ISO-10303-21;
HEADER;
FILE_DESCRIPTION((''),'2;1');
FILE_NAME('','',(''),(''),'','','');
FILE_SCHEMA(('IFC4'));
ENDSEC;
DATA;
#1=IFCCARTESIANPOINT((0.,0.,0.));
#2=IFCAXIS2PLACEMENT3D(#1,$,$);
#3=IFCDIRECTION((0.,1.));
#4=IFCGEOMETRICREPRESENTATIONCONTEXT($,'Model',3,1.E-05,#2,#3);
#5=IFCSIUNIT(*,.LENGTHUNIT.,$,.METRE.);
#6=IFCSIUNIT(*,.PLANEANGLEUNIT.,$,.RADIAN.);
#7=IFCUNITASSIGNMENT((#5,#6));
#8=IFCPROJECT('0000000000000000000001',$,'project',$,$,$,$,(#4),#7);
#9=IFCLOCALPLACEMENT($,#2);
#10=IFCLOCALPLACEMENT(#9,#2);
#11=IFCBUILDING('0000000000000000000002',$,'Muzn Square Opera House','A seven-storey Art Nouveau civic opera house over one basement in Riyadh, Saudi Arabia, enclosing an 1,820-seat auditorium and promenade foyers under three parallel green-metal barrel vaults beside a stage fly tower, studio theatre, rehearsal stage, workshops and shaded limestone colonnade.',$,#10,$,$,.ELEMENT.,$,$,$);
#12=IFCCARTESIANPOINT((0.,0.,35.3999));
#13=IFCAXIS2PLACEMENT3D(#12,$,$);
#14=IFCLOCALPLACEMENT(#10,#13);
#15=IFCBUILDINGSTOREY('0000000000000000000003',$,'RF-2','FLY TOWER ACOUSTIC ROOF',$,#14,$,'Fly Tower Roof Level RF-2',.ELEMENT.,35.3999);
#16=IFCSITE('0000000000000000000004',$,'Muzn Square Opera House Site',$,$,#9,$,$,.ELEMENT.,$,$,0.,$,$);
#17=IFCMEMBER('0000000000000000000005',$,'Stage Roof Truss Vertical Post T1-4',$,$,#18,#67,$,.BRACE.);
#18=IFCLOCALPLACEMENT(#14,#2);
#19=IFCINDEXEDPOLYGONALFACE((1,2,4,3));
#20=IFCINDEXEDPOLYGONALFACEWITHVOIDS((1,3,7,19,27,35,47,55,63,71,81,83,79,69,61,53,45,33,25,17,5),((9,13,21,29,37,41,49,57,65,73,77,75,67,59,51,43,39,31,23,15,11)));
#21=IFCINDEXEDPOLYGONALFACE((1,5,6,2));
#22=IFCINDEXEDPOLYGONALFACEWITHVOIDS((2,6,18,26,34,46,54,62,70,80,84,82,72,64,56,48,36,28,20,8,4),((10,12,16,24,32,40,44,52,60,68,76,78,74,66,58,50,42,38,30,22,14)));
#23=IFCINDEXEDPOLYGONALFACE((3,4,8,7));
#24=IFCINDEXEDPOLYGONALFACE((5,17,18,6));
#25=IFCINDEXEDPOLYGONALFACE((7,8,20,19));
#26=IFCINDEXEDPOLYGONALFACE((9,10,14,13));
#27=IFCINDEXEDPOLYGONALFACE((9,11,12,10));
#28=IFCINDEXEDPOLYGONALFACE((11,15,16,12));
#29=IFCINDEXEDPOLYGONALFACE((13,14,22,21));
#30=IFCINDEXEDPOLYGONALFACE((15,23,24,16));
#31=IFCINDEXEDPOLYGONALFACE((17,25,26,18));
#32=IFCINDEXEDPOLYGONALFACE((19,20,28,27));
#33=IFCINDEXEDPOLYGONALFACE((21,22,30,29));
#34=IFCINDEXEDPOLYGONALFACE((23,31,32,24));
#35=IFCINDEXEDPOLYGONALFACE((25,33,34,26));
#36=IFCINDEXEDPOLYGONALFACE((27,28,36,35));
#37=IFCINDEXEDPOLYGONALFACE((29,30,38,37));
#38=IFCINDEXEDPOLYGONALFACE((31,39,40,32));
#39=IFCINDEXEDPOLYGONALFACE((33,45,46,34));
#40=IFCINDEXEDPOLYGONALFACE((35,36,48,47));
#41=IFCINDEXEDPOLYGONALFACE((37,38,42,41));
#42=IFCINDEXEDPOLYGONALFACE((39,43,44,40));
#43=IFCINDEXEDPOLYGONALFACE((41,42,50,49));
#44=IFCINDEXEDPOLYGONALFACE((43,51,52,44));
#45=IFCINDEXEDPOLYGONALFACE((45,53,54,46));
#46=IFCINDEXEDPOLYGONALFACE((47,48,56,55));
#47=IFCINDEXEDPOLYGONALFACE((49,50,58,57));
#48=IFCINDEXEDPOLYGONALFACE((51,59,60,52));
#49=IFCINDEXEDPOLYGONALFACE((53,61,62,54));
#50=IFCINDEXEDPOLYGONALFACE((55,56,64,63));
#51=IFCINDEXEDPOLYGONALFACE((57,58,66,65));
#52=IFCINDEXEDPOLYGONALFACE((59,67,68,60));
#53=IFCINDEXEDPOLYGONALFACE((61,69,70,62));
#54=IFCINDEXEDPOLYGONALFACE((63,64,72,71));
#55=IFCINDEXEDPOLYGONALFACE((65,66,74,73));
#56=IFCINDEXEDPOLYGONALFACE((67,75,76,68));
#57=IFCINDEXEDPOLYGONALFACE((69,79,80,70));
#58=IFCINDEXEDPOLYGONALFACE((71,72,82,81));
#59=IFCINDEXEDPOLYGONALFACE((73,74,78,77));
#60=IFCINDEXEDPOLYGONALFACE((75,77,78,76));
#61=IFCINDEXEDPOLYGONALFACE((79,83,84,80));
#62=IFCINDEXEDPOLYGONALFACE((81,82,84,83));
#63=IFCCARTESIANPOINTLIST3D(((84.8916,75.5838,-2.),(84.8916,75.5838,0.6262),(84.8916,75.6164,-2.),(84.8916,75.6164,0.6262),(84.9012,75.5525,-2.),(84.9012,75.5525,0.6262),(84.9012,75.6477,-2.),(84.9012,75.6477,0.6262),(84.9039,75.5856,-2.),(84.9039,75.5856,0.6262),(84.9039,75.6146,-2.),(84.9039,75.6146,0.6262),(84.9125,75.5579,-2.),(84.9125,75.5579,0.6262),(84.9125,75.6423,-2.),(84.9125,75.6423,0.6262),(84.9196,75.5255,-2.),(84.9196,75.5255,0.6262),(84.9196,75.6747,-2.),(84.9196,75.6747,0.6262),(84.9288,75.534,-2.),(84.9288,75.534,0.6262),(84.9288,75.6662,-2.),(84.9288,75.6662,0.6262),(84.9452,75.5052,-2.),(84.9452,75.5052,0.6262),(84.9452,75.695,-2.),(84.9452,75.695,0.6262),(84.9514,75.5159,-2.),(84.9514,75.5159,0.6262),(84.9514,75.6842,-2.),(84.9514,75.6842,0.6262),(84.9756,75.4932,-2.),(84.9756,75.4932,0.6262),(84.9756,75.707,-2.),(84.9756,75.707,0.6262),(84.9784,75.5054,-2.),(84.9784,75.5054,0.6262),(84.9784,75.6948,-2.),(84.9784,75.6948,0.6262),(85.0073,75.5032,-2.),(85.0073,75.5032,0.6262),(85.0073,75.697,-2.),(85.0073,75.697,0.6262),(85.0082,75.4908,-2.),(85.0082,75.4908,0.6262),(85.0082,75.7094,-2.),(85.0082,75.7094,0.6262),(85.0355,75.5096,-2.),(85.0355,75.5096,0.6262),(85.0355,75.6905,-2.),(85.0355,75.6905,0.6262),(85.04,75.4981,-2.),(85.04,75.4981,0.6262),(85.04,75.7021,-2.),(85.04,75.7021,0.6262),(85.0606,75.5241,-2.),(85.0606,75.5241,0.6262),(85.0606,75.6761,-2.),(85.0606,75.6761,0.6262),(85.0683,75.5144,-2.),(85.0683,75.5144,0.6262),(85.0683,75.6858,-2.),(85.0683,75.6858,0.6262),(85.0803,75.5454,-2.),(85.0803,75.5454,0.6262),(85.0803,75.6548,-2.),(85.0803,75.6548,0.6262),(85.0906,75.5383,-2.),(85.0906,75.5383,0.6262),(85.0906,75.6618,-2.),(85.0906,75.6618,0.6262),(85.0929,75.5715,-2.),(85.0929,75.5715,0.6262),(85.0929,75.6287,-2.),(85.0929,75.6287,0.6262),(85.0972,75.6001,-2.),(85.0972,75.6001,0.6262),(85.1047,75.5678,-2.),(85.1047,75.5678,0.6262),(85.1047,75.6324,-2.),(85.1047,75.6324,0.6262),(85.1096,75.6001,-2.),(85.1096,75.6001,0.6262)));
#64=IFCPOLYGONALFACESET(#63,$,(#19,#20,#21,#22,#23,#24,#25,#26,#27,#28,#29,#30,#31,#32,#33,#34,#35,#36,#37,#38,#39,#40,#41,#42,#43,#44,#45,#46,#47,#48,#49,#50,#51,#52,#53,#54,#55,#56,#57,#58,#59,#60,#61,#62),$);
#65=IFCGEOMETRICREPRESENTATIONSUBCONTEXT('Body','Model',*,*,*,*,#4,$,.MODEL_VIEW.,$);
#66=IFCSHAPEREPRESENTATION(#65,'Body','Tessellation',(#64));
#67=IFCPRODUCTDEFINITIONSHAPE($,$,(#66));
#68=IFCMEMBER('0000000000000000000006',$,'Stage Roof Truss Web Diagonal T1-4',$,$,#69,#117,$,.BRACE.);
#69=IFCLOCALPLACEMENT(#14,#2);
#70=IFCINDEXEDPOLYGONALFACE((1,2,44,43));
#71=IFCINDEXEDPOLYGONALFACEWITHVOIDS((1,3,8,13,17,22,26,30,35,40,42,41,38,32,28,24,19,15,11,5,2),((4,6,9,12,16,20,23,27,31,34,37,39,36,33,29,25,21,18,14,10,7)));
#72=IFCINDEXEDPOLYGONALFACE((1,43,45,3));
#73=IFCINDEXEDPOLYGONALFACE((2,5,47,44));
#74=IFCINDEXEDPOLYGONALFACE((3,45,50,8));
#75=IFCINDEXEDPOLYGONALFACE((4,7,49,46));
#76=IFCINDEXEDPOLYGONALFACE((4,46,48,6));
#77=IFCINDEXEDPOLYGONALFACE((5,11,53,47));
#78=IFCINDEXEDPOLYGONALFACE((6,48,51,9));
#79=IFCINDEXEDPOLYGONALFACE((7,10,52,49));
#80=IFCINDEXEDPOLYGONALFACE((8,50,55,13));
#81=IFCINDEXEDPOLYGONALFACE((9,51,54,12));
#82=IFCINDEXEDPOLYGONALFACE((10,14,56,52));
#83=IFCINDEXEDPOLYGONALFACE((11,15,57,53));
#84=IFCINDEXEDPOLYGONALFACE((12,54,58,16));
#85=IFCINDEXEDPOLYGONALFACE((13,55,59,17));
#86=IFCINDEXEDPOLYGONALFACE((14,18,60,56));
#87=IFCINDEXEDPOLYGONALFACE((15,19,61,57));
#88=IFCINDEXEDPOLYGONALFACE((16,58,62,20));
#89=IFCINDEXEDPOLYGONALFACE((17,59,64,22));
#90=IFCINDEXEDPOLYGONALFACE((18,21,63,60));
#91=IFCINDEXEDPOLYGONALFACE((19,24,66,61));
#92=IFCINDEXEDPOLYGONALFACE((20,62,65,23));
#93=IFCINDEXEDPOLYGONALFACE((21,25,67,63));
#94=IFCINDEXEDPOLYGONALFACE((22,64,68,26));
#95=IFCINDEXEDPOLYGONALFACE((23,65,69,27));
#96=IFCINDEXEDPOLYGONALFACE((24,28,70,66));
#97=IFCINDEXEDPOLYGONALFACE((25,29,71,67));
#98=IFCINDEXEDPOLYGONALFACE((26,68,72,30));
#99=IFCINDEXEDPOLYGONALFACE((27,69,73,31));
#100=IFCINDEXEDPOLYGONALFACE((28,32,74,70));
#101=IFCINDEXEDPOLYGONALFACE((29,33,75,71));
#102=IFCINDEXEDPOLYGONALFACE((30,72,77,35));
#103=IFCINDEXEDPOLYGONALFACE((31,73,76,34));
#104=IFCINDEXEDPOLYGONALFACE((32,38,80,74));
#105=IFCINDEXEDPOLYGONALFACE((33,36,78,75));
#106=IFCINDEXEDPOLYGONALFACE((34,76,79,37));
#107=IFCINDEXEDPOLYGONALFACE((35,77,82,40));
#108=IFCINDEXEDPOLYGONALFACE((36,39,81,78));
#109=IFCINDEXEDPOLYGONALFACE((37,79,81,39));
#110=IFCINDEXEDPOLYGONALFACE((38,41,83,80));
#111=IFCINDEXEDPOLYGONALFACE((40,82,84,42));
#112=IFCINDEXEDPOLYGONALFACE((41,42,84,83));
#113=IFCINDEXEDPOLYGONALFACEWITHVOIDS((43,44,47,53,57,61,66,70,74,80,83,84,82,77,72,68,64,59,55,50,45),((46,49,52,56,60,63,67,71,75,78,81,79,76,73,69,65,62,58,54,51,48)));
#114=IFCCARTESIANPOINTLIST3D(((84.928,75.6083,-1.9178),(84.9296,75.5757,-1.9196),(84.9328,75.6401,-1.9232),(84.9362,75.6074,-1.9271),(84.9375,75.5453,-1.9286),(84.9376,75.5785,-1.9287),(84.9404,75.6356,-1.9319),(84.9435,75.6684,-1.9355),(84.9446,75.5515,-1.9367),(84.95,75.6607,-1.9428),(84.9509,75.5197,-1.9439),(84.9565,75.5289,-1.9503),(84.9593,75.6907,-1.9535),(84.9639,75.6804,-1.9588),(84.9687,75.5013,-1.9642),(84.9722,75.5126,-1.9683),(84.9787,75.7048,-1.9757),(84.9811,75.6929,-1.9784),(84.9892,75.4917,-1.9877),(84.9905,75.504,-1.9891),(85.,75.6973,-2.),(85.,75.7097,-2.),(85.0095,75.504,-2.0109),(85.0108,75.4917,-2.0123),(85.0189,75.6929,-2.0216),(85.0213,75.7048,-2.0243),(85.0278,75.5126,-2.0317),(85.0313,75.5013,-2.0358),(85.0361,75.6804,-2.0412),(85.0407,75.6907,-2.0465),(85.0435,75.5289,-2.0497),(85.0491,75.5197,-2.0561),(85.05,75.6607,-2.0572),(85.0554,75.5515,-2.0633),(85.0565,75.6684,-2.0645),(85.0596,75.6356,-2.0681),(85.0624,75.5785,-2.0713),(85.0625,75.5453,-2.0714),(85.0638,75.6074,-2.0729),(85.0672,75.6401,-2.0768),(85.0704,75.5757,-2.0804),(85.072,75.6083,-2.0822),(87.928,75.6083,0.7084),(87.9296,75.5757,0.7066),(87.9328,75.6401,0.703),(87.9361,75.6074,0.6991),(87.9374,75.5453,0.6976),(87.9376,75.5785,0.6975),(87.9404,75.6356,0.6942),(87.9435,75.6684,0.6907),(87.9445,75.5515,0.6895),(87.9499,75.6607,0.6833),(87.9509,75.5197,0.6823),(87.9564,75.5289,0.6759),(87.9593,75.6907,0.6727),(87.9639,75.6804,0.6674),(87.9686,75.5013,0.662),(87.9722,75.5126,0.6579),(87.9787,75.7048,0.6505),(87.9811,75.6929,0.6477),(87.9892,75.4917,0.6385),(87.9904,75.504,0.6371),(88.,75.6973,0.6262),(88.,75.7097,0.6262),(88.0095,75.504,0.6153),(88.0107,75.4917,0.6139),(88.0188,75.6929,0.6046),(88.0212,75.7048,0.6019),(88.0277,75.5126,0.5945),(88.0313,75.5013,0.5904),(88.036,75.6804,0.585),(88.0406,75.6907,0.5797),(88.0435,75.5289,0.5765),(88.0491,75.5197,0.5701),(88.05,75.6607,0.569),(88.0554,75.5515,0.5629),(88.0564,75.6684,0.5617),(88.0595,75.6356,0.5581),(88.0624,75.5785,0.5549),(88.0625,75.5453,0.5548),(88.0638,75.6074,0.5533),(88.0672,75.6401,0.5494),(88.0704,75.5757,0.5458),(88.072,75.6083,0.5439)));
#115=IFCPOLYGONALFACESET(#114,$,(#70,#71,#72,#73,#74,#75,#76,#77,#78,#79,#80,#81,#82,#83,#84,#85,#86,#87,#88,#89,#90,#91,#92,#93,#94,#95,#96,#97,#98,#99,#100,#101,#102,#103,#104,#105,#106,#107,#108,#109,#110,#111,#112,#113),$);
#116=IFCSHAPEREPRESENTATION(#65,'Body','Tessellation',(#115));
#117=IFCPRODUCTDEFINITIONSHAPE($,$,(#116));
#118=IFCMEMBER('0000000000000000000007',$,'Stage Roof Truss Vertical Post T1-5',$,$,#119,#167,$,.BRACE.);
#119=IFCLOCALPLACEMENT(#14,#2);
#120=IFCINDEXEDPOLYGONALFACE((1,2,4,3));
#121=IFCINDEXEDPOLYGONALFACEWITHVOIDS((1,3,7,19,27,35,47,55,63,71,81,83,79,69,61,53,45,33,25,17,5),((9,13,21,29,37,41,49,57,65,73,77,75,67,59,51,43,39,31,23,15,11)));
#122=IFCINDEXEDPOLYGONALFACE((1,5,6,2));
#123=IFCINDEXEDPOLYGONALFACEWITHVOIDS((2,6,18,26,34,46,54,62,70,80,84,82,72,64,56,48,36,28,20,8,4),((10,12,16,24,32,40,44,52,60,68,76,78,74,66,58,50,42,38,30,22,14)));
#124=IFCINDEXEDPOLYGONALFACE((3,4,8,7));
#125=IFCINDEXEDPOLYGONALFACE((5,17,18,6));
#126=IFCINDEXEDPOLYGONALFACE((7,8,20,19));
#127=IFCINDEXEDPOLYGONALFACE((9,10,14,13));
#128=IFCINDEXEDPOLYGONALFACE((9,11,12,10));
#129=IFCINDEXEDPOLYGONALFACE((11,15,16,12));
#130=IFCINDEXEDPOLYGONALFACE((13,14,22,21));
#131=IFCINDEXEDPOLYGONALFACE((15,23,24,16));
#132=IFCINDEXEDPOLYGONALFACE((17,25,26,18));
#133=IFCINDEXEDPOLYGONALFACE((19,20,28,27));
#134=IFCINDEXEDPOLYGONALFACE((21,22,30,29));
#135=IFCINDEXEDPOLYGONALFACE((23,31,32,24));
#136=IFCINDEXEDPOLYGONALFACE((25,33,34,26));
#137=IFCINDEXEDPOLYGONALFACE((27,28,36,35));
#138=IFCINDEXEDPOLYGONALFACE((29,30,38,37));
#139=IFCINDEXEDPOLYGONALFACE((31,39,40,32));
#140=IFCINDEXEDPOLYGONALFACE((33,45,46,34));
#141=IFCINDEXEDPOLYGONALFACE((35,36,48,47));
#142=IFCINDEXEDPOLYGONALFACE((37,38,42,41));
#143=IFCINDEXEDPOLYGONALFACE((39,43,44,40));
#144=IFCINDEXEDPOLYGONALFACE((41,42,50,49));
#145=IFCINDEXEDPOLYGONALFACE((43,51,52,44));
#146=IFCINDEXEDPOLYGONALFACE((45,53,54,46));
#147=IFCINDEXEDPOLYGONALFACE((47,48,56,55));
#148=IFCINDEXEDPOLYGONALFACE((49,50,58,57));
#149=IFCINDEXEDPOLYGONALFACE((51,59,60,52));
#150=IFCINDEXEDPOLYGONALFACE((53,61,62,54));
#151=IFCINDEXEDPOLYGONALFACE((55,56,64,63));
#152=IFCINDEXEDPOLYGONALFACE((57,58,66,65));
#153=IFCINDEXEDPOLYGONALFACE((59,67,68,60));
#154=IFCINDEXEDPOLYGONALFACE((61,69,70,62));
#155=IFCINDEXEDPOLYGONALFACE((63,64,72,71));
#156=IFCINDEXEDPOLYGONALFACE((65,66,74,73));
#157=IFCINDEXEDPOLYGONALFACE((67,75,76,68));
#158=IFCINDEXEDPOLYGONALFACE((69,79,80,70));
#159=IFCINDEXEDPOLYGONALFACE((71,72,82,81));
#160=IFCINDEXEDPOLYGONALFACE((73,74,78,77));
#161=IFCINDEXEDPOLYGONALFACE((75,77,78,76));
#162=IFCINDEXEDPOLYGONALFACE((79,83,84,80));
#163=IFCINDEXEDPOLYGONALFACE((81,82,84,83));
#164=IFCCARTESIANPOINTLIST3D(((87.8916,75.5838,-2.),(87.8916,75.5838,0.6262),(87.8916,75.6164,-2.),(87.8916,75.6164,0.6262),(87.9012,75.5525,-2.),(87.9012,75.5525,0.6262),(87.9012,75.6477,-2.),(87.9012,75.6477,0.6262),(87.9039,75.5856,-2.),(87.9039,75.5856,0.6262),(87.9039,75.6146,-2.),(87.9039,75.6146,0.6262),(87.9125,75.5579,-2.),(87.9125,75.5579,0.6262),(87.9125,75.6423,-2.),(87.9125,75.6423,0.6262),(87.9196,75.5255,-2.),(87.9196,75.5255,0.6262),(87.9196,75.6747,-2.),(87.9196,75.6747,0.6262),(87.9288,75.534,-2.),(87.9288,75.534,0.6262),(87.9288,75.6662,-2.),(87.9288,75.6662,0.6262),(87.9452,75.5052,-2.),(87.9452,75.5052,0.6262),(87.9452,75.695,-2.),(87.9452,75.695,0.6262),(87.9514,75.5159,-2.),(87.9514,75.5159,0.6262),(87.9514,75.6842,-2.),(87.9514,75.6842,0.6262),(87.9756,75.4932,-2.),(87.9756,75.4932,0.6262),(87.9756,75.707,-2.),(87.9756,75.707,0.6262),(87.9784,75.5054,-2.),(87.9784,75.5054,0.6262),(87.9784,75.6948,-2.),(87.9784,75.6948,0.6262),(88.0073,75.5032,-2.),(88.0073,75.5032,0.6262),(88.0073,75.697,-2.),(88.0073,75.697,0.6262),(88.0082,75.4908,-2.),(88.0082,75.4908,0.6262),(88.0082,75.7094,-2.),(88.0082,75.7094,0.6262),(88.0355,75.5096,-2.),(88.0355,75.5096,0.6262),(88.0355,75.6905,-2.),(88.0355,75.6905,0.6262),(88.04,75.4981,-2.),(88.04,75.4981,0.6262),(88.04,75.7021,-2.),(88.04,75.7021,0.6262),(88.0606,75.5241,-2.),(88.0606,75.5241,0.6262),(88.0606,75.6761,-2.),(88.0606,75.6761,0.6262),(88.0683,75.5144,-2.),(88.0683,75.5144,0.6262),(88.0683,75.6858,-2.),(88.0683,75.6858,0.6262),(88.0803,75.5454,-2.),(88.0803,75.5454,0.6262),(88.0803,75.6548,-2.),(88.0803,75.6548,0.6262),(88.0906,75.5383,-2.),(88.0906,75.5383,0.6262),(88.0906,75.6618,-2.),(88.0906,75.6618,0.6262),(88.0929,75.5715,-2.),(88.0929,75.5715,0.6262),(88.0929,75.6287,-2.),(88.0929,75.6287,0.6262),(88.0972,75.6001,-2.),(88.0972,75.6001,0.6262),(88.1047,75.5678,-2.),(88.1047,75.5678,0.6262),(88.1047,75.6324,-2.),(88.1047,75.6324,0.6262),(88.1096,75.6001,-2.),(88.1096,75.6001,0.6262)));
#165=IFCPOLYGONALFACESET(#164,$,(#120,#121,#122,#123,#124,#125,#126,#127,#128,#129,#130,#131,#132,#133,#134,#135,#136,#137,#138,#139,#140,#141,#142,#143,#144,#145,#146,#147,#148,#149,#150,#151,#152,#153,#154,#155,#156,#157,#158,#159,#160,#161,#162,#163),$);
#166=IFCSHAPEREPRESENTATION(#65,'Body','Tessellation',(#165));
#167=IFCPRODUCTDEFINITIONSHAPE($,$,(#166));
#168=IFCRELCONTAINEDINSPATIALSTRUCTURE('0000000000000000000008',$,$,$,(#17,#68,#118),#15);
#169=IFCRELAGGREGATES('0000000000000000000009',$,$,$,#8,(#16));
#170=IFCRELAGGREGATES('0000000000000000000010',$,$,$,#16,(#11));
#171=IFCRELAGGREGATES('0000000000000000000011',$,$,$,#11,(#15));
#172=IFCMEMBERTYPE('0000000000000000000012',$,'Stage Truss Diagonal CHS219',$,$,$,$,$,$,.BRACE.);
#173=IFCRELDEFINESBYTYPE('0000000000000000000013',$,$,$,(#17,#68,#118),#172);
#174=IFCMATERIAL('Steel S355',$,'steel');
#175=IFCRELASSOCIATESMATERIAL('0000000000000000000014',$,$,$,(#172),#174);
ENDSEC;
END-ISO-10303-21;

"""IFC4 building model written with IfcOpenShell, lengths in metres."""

from ifc_helpers import new_model, si_unit, direction, frame, origin, origin_2d, place, context, subcontext, project, spatial, hollow_circle, extrude, material, material_profile, profile_set, type_object, element, save


model = new_model("IFC4")

# Units and contexts
model_context = context("Model", 3, precision=1e-05, world=origin(), true_north=direction((0.0, 1.0)))
body_context = subcontext(model_context, "Body", "Model", "MODEL_VIEW")
ifc_project = project(units=[si_unit("LENGTHUNIT", "METRE"), si_unit("PLANEANGLEUNIT", "RADIAN")], contexts=[model_context])

# Site, building, storey
site_placement = place(None, origin())
site = spatial("IfcSite", under=ifc_project, at=site_placement, Name="Muzn Square Opera House Site", CompositionType="ELEMENT", RefElevation=0.0)
building_placement = place(site_placement, origin())
building = spatial("IfcBuilding", under=site, at=building_placement, Name="Muzn Square Opera House", Description="A seven-storey Art Nouveau civic opera house over one basement in Riyadh, Saudi Arabia, enclosing an 1,820-seat auditorium and promenade foyers under three parallel green-metal barrel vaults beside a stage fly tower, studio theatre, rehearsal stage, workshops and shaded limestone colonnade.", CompositionType="ELEMENT")
storey_placement = place(building_placement, frame((0.0, 0.0, 35.3999)))
storey = spatial("IfcBuildingStorey", under=building, at=storey_placement, Name="RF-2", Description="FLY TOWER ACOUSTIC ROOF", LongName="Fly Tower Roof Level RF-2", CompositionType="ELEMENT", Elevation=35.3999)

# Members
ifc_material_1 = material(Name="Steel S355", Category="steel")
ifc_material_profile_1 = material_profile(ifc_material_1, hollow_circle(Radius=0.1096, WallThickness=0.0125, at=origin_2d()), Name="CHS 219.1x12.5", Category="steel")
ifc_profile_set_1 = profile_set([ifc_material_profile_1], Name="Steel S355")
member_type_1 = type_object("IfcMemberType", Name="Stage Truss Diagonal CHS219", PredefinedType="BRACE", material=ifc_profile_set_1)
member_1_placement = place(storey_placement, frame((85.0, 75.6001, -2.0), z_axis=(0.0, 0.0, 1.0), x_axis=(1.0, 0.0, 0.0)))
element("IfcMember", 1, at=member_1_placement, inside=storey, type_object=member_type_1, Name="Stage Roof Truss Vertical Post T1-4", PredefinedType="BRACE", context=body_context, shape_type="SweptSolid", body=[
    extrude(hollow_circle(Radius=0.1096, WallThickness=0.0125, at=origin_2d()), origin(), (0.0, 0.0, 1.0), 2.6262),
])
member_2_placement = place(storey_placement, frame((85.0, 75.6001, -2.0), z_axis=(0.752425, 0.0, 0.658678), x_axis=(0.0, 1.0, 0.0)))
element("IfcMember", 2, at=member_2_placement, inside=storey, type_object=member_type_1, Name="Stage Roof Truss Web Diagonal T1-4", PredefinedType="BRACE", context=body_context, shape_type="SweptSolid", body=[
    extrude(hollow_circle(Radius=0.1096, WallThickness=0.0125, at=origin_2d()), origin(), (0.0, 0.0, 1.0), 3.9871),
])
member_3_placement = place(storey_placement, frame((88.0, 75.6001, -2.0), z_axis=(0.0, 0.0, 1.0), x_axis=(1.0, 0.0, 0.0)))
element("IfcMember", 3, at=member_3_placement, inside=storey, type_object=member_type_1, Name="Stage Roof Truss Vertical Post T1-5", PredefinedType="BRACE", context=body_context, shape_type="SweptSolid", body=[
    extrude(hollow_circle(Radius=0.1096, WallThickness=0.0125, at=origin_2d()), origin(), (0.0, 0.0, 1.0), 2.6262),
])

save(model, "model.ifc")
